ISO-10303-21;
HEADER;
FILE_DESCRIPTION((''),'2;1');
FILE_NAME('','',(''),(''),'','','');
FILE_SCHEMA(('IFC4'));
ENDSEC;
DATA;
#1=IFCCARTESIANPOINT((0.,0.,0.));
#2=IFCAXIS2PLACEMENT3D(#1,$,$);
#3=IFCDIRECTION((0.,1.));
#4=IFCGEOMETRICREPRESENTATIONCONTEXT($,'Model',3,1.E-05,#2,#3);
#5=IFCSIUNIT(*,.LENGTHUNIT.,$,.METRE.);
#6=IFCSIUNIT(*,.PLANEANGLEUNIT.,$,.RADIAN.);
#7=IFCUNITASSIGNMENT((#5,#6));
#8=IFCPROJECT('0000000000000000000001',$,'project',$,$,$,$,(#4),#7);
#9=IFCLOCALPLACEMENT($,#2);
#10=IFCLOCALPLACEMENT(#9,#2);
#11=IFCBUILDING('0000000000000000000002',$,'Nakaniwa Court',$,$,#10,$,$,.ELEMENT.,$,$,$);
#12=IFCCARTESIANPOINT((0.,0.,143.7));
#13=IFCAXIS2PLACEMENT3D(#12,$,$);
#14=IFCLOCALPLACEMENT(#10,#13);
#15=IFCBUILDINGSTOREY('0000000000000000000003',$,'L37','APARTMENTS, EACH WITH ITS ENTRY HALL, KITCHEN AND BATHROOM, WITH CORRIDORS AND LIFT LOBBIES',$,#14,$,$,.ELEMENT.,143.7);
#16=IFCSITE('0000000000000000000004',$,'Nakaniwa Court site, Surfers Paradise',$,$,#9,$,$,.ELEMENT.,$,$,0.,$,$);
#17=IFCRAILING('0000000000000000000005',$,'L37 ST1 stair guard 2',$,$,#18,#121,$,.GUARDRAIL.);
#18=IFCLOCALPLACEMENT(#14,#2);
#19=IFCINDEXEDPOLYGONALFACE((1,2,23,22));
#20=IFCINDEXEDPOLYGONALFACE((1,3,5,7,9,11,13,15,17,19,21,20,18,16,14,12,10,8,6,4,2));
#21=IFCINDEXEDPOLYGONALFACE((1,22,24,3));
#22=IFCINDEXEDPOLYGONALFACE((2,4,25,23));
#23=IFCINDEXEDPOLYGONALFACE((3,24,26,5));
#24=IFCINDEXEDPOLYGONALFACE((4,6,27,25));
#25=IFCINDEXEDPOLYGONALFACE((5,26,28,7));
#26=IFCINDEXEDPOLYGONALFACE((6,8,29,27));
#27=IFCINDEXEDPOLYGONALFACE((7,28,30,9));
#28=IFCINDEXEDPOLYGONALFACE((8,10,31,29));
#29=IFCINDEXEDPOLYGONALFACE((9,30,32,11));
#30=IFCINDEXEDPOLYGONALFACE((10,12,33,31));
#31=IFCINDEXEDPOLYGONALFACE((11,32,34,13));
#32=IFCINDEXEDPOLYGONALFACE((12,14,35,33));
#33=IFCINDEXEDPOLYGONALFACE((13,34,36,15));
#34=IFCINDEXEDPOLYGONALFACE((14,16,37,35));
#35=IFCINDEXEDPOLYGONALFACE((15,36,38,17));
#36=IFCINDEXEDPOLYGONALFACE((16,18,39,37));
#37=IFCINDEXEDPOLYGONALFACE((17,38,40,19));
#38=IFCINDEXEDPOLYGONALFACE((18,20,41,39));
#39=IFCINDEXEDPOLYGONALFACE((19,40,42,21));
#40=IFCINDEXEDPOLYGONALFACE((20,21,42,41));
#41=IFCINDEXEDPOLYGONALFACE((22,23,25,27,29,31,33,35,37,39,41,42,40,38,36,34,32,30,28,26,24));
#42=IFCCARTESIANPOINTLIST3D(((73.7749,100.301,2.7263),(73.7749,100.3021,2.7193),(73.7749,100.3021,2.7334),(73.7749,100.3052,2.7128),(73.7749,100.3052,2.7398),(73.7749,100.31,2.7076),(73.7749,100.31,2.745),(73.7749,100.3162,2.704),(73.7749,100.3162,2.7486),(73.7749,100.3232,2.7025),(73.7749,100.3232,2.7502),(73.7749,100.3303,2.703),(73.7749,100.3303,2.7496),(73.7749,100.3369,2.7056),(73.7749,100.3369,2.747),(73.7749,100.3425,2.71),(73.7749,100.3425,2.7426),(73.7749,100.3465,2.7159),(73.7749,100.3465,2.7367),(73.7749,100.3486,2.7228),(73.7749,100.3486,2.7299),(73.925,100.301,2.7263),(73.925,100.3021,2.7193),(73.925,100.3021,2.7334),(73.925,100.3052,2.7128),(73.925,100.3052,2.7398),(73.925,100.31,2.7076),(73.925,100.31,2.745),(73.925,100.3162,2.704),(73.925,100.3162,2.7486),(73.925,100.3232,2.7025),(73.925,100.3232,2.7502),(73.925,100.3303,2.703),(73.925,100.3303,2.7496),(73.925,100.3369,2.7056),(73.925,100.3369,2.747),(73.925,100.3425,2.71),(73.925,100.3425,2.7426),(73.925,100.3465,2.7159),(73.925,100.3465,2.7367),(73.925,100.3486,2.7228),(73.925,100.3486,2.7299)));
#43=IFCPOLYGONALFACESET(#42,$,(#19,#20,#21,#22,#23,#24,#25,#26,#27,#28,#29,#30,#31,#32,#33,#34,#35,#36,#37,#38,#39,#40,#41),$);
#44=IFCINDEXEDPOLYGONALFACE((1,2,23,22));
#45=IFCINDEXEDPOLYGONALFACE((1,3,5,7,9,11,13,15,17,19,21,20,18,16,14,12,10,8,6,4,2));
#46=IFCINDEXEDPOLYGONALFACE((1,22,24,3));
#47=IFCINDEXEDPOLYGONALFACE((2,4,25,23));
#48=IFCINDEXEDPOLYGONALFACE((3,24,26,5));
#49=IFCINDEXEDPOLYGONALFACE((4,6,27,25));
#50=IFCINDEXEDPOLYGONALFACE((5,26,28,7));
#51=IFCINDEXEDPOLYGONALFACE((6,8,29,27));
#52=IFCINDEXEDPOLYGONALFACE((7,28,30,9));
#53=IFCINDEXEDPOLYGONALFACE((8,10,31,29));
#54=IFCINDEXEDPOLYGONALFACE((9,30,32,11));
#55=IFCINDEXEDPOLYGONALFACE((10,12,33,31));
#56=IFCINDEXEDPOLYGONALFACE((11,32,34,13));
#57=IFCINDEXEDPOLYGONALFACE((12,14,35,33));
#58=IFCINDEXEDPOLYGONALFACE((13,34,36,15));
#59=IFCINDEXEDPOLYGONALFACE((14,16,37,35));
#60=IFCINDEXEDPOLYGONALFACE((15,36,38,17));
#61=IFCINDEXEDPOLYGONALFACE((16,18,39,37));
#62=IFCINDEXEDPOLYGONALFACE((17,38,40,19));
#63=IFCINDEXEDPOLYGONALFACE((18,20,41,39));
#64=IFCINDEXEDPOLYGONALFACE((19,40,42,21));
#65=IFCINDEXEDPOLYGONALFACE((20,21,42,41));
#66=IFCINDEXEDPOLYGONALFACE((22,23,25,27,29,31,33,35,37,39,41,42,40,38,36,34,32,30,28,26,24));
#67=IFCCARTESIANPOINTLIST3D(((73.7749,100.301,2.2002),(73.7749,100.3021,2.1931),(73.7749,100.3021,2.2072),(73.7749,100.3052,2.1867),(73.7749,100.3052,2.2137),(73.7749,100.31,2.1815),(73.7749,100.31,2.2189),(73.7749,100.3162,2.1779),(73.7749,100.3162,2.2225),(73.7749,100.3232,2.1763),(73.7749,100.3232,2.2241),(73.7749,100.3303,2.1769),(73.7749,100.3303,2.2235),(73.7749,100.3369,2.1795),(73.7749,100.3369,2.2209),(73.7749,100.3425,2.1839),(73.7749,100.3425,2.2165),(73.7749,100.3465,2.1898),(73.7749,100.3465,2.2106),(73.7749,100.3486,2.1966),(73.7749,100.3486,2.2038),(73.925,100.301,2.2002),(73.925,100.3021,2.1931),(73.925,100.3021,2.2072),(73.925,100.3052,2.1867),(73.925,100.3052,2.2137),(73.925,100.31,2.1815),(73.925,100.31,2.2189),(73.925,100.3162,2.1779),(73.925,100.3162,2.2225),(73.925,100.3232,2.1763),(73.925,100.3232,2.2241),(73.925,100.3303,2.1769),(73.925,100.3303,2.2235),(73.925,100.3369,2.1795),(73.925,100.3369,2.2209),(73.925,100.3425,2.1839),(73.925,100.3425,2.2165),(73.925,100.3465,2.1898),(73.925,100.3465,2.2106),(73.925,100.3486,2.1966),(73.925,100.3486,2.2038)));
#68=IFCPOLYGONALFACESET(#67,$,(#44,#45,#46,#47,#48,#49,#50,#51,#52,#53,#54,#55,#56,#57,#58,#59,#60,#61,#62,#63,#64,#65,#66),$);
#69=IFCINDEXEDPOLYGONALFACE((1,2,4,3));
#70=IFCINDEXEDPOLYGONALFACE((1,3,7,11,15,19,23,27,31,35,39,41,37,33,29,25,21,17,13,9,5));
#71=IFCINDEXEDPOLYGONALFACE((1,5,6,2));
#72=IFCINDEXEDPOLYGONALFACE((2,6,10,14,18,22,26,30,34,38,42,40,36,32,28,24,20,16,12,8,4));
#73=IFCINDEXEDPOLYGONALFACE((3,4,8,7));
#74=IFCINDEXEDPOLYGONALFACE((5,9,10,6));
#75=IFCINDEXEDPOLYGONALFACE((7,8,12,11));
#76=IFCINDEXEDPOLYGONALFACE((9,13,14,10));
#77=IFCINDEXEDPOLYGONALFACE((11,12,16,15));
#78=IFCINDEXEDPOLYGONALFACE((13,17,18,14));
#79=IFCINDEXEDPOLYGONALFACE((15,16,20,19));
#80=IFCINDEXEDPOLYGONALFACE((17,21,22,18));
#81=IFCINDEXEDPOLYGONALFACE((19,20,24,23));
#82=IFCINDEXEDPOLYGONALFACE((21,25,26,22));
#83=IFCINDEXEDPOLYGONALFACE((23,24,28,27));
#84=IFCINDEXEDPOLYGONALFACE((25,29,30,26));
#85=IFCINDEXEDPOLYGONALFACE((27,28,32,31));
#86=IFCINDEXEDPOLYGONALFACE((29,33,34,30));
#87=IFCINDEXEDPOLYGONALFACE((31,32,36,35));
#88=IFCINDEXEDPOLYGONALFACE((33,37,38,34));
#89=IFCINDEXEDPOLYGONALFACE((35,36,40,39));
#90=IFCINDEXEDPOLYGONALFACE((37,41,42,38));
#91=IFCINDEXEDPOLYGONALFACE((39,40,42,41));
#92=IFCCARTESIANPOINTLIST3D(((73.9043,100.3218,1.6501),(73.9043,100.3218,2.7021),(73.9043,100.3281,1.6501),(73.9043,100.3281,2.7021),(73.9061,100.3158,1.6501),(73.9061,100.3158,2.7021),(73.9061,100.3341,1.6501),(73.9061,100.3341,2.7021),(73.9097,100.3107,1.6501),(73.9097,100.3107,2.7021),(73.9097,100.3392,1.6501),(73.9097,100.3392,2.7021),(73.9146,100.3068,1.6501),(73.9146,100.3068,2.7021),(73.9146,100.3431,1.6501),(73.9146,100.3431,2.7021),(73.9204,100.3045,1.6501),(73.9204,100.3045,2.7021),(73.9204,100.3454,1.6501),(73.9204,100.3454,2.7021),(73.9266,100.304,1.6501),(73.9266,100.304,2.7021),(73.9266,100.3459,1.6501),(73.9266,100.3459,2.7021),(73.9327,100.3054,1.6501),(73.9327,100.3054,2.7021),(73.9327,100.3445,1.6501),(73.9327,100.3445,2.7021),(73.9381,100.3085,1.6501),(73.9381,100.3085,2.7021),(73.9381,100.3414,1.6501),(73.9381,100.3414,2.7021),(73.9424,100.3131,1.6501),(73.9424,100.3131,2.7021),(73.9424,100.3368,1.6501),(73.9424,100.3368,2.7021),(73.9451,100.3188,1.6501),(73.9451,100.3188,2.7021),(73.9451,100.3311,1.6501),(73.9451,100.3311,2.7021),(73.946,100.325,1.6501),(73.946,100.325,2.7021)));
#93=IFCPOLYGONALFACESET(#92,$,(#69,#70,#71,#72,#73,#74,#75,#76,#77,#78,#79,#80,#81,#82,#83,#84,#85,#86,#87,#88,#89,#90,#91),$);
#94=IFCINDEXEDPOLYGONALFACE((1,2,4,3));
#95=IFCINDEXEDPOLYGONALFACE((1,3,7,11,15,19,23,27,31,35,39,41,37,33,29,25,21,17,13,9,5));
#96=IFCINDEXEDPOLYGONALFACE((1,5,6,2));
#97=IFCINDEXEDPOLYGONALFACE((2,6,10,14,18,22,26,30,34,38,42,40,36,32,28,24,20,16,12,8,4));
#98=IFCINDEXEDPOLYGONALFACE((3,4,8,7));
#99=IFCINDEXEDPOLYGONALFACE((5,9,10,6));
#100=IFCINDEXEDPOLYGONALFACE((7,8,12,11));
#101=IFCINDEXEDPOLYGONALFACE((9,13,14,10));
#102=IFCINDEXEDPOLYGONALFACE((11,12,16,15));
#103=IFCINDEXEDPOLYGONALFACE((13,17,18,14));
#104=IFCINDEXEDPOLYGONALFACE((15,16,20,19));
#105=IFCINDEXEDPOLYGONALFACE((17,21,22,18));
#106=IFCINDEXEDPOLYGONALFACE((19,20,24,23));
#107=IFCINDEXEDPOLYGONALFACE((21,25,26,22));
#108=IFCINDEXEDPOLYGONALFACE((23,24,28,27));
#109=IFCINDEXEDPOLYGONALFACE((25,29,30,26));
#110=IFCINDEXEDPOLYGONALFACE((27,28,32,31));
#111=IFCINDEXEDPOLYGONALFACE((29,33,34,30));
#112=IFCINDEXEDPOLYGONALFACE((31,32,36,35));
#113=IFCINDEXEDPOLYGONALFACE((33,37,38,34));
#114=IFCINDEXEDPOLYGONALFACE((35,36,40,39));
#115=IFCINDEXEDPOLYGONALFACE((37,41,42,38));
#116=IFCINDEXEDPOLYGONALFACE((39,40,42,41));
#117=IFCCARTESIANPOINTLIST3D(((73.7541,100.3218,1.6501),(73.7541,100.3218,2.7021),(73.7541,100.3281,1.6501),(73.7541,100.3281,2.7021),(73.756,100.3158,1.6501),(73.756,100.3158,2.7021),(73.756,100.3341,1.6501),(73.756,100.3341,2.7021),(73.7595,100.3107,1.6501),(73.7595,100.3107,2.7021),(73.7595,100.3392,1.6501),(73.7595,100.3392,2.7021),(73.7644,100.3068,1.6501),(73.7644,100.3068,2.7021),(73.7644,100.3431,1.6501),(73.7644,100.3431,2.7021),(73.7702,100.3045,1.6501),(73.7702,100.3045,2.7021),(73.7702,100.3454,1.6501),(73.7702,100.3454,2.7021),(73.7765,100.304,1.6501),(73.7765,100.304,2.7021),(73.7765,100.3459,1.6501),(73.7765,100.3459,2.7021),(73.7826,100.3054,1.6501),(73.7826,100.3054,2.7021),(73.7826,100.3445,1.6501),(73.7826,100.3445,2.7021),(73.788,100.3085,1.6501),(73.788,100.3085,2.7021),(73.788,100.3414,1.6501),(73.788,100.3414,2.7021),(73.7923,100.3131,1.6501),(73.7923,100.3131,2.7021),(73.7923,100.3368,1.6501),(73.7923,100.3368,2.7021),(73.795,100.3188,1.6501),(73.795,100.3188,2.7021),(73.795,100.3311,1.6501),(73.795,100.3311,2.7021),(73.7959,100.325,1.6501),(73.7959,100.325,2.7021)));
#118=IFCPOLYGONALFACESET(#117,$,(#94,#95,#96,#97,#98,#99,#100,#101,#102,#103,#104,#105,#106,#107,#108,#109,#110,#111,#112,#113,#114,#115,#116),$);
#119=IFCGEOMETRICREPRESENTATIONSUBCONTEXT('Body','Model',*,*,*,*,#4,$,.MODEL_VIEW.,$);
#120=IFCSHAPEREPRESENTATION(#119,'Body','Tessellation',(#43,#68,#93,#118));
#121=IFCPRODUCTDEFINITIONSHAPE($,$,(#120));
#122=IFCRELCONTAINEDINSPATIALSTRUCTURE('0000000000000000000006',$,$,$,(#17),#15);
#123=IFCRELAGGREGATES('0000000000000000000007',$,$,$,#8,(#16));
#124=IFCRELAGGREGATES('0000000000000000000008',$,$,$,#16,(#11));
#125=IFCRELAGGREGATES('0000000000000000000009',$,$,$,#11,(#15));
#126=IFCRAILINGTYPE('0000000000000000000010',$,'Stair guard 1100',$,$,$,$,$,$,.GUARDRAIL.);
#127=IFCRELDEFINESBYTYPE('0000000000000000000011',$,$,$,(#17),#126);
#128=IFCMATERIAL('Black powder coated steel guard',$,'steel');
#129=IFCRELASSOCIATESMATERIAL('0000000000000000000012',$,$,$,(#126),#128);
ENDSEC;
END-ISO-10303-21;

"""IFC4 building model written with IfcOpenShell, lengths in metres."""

from ifc_helpers import new_model, si_unit, direction, frame, origin, origin_2d, place, context, subcontext, project, spatial, circle, extrude, material, type_object, element, save


model = new_model("IFC4")

# Units and contexts
model_context = context("Model", 3, precision=1e-05, world=origin(), true_north=direction((0.0, 1.0)))
body_context = subcontext(model_context, "Body", "Model", "MODEL_VIEW")
ifc_project = project(units=[si_unit("LENGTHUNIT", "METRE"), si_unit("PLANEANGLEUNIT", "RADIAN")], contexts=[model_context])

# Site, building, storey
site_placement = place(None, origin())
site = spatial("IfcSite", under=ifc_project, at=site_placement, Name="Nakaniwa Court site, Surfers Paradise", CompositionType="ELEMENT", RefElevation=0.0)
building_placement = place(site_placement, origin())
building = spatial("IfcBuilding", under=site, at=building_placement, Name="Nakaniwa Court", CompositionType="ELEMENT")
storey_placement = place(building_placement, frame((0.0, 0.0, 143.7)))
storey = spatial("IfcBuildingStorey", under=building, at=storey_placement, Name="L37", Description="APARTMENTS, EACH WITH ITS ENTRY HALL, KITCHEN AND BATHROOM, WITH CORRIDORS AND LIFT LOBBIES", CompositionType="ELEMENT", Elevation=143.7)

# Railing
ifc_material_1 = material(Name="Black powder coated steel guard", Category="steel")
railing_type_1 = type_object("IfcRailingType", Name="Stair guard 1100", PredefinedType="GUARDRAIL", material=ifc_material_1)
railing_1_placement = place(storey_placement, frame((73.925, 100.325, 1.6501)))
element("IfcRailing", 1, at=railing_1_placement, inside=storey, type_object=railing_type_1, Name="L37 ST1 stair guard 2", PredefinedType="GUARDRAIL", context=body_context, shape_type="SweptSolid", body=[
    extrude(circle(Radius=0.0239, at=origin_2d()), frame((0.0, 0.0, 1.0762), z_axis=(-1.0, 0.0, 0.0), x_axis=(0.0, -1.0, 0.0)), (0.0, 0.0, 1.0), 0.1501),
    extrude(circle(Radius=0.0239, at=origin_2d()), frame((0.0, 0.0, 0.55), z_axis=(-1.0, 0.0, 0.0), x_axis=(0.0, -1.0, 0.0)), (0.0, 0.0, 1.0), 0.1501),
    extrude(circle(Radius=0.021, at=origin_2d()), origin(), (0.0, 0.0, 1.0), 1.052),
    extrude(circle(Radius=0.021, at=origin_2d()), frame((-0.1501, 0.0, 0.0)), (0.0, 0.0, 1.0), 1.052),
])

save(model, "model.ifc")
